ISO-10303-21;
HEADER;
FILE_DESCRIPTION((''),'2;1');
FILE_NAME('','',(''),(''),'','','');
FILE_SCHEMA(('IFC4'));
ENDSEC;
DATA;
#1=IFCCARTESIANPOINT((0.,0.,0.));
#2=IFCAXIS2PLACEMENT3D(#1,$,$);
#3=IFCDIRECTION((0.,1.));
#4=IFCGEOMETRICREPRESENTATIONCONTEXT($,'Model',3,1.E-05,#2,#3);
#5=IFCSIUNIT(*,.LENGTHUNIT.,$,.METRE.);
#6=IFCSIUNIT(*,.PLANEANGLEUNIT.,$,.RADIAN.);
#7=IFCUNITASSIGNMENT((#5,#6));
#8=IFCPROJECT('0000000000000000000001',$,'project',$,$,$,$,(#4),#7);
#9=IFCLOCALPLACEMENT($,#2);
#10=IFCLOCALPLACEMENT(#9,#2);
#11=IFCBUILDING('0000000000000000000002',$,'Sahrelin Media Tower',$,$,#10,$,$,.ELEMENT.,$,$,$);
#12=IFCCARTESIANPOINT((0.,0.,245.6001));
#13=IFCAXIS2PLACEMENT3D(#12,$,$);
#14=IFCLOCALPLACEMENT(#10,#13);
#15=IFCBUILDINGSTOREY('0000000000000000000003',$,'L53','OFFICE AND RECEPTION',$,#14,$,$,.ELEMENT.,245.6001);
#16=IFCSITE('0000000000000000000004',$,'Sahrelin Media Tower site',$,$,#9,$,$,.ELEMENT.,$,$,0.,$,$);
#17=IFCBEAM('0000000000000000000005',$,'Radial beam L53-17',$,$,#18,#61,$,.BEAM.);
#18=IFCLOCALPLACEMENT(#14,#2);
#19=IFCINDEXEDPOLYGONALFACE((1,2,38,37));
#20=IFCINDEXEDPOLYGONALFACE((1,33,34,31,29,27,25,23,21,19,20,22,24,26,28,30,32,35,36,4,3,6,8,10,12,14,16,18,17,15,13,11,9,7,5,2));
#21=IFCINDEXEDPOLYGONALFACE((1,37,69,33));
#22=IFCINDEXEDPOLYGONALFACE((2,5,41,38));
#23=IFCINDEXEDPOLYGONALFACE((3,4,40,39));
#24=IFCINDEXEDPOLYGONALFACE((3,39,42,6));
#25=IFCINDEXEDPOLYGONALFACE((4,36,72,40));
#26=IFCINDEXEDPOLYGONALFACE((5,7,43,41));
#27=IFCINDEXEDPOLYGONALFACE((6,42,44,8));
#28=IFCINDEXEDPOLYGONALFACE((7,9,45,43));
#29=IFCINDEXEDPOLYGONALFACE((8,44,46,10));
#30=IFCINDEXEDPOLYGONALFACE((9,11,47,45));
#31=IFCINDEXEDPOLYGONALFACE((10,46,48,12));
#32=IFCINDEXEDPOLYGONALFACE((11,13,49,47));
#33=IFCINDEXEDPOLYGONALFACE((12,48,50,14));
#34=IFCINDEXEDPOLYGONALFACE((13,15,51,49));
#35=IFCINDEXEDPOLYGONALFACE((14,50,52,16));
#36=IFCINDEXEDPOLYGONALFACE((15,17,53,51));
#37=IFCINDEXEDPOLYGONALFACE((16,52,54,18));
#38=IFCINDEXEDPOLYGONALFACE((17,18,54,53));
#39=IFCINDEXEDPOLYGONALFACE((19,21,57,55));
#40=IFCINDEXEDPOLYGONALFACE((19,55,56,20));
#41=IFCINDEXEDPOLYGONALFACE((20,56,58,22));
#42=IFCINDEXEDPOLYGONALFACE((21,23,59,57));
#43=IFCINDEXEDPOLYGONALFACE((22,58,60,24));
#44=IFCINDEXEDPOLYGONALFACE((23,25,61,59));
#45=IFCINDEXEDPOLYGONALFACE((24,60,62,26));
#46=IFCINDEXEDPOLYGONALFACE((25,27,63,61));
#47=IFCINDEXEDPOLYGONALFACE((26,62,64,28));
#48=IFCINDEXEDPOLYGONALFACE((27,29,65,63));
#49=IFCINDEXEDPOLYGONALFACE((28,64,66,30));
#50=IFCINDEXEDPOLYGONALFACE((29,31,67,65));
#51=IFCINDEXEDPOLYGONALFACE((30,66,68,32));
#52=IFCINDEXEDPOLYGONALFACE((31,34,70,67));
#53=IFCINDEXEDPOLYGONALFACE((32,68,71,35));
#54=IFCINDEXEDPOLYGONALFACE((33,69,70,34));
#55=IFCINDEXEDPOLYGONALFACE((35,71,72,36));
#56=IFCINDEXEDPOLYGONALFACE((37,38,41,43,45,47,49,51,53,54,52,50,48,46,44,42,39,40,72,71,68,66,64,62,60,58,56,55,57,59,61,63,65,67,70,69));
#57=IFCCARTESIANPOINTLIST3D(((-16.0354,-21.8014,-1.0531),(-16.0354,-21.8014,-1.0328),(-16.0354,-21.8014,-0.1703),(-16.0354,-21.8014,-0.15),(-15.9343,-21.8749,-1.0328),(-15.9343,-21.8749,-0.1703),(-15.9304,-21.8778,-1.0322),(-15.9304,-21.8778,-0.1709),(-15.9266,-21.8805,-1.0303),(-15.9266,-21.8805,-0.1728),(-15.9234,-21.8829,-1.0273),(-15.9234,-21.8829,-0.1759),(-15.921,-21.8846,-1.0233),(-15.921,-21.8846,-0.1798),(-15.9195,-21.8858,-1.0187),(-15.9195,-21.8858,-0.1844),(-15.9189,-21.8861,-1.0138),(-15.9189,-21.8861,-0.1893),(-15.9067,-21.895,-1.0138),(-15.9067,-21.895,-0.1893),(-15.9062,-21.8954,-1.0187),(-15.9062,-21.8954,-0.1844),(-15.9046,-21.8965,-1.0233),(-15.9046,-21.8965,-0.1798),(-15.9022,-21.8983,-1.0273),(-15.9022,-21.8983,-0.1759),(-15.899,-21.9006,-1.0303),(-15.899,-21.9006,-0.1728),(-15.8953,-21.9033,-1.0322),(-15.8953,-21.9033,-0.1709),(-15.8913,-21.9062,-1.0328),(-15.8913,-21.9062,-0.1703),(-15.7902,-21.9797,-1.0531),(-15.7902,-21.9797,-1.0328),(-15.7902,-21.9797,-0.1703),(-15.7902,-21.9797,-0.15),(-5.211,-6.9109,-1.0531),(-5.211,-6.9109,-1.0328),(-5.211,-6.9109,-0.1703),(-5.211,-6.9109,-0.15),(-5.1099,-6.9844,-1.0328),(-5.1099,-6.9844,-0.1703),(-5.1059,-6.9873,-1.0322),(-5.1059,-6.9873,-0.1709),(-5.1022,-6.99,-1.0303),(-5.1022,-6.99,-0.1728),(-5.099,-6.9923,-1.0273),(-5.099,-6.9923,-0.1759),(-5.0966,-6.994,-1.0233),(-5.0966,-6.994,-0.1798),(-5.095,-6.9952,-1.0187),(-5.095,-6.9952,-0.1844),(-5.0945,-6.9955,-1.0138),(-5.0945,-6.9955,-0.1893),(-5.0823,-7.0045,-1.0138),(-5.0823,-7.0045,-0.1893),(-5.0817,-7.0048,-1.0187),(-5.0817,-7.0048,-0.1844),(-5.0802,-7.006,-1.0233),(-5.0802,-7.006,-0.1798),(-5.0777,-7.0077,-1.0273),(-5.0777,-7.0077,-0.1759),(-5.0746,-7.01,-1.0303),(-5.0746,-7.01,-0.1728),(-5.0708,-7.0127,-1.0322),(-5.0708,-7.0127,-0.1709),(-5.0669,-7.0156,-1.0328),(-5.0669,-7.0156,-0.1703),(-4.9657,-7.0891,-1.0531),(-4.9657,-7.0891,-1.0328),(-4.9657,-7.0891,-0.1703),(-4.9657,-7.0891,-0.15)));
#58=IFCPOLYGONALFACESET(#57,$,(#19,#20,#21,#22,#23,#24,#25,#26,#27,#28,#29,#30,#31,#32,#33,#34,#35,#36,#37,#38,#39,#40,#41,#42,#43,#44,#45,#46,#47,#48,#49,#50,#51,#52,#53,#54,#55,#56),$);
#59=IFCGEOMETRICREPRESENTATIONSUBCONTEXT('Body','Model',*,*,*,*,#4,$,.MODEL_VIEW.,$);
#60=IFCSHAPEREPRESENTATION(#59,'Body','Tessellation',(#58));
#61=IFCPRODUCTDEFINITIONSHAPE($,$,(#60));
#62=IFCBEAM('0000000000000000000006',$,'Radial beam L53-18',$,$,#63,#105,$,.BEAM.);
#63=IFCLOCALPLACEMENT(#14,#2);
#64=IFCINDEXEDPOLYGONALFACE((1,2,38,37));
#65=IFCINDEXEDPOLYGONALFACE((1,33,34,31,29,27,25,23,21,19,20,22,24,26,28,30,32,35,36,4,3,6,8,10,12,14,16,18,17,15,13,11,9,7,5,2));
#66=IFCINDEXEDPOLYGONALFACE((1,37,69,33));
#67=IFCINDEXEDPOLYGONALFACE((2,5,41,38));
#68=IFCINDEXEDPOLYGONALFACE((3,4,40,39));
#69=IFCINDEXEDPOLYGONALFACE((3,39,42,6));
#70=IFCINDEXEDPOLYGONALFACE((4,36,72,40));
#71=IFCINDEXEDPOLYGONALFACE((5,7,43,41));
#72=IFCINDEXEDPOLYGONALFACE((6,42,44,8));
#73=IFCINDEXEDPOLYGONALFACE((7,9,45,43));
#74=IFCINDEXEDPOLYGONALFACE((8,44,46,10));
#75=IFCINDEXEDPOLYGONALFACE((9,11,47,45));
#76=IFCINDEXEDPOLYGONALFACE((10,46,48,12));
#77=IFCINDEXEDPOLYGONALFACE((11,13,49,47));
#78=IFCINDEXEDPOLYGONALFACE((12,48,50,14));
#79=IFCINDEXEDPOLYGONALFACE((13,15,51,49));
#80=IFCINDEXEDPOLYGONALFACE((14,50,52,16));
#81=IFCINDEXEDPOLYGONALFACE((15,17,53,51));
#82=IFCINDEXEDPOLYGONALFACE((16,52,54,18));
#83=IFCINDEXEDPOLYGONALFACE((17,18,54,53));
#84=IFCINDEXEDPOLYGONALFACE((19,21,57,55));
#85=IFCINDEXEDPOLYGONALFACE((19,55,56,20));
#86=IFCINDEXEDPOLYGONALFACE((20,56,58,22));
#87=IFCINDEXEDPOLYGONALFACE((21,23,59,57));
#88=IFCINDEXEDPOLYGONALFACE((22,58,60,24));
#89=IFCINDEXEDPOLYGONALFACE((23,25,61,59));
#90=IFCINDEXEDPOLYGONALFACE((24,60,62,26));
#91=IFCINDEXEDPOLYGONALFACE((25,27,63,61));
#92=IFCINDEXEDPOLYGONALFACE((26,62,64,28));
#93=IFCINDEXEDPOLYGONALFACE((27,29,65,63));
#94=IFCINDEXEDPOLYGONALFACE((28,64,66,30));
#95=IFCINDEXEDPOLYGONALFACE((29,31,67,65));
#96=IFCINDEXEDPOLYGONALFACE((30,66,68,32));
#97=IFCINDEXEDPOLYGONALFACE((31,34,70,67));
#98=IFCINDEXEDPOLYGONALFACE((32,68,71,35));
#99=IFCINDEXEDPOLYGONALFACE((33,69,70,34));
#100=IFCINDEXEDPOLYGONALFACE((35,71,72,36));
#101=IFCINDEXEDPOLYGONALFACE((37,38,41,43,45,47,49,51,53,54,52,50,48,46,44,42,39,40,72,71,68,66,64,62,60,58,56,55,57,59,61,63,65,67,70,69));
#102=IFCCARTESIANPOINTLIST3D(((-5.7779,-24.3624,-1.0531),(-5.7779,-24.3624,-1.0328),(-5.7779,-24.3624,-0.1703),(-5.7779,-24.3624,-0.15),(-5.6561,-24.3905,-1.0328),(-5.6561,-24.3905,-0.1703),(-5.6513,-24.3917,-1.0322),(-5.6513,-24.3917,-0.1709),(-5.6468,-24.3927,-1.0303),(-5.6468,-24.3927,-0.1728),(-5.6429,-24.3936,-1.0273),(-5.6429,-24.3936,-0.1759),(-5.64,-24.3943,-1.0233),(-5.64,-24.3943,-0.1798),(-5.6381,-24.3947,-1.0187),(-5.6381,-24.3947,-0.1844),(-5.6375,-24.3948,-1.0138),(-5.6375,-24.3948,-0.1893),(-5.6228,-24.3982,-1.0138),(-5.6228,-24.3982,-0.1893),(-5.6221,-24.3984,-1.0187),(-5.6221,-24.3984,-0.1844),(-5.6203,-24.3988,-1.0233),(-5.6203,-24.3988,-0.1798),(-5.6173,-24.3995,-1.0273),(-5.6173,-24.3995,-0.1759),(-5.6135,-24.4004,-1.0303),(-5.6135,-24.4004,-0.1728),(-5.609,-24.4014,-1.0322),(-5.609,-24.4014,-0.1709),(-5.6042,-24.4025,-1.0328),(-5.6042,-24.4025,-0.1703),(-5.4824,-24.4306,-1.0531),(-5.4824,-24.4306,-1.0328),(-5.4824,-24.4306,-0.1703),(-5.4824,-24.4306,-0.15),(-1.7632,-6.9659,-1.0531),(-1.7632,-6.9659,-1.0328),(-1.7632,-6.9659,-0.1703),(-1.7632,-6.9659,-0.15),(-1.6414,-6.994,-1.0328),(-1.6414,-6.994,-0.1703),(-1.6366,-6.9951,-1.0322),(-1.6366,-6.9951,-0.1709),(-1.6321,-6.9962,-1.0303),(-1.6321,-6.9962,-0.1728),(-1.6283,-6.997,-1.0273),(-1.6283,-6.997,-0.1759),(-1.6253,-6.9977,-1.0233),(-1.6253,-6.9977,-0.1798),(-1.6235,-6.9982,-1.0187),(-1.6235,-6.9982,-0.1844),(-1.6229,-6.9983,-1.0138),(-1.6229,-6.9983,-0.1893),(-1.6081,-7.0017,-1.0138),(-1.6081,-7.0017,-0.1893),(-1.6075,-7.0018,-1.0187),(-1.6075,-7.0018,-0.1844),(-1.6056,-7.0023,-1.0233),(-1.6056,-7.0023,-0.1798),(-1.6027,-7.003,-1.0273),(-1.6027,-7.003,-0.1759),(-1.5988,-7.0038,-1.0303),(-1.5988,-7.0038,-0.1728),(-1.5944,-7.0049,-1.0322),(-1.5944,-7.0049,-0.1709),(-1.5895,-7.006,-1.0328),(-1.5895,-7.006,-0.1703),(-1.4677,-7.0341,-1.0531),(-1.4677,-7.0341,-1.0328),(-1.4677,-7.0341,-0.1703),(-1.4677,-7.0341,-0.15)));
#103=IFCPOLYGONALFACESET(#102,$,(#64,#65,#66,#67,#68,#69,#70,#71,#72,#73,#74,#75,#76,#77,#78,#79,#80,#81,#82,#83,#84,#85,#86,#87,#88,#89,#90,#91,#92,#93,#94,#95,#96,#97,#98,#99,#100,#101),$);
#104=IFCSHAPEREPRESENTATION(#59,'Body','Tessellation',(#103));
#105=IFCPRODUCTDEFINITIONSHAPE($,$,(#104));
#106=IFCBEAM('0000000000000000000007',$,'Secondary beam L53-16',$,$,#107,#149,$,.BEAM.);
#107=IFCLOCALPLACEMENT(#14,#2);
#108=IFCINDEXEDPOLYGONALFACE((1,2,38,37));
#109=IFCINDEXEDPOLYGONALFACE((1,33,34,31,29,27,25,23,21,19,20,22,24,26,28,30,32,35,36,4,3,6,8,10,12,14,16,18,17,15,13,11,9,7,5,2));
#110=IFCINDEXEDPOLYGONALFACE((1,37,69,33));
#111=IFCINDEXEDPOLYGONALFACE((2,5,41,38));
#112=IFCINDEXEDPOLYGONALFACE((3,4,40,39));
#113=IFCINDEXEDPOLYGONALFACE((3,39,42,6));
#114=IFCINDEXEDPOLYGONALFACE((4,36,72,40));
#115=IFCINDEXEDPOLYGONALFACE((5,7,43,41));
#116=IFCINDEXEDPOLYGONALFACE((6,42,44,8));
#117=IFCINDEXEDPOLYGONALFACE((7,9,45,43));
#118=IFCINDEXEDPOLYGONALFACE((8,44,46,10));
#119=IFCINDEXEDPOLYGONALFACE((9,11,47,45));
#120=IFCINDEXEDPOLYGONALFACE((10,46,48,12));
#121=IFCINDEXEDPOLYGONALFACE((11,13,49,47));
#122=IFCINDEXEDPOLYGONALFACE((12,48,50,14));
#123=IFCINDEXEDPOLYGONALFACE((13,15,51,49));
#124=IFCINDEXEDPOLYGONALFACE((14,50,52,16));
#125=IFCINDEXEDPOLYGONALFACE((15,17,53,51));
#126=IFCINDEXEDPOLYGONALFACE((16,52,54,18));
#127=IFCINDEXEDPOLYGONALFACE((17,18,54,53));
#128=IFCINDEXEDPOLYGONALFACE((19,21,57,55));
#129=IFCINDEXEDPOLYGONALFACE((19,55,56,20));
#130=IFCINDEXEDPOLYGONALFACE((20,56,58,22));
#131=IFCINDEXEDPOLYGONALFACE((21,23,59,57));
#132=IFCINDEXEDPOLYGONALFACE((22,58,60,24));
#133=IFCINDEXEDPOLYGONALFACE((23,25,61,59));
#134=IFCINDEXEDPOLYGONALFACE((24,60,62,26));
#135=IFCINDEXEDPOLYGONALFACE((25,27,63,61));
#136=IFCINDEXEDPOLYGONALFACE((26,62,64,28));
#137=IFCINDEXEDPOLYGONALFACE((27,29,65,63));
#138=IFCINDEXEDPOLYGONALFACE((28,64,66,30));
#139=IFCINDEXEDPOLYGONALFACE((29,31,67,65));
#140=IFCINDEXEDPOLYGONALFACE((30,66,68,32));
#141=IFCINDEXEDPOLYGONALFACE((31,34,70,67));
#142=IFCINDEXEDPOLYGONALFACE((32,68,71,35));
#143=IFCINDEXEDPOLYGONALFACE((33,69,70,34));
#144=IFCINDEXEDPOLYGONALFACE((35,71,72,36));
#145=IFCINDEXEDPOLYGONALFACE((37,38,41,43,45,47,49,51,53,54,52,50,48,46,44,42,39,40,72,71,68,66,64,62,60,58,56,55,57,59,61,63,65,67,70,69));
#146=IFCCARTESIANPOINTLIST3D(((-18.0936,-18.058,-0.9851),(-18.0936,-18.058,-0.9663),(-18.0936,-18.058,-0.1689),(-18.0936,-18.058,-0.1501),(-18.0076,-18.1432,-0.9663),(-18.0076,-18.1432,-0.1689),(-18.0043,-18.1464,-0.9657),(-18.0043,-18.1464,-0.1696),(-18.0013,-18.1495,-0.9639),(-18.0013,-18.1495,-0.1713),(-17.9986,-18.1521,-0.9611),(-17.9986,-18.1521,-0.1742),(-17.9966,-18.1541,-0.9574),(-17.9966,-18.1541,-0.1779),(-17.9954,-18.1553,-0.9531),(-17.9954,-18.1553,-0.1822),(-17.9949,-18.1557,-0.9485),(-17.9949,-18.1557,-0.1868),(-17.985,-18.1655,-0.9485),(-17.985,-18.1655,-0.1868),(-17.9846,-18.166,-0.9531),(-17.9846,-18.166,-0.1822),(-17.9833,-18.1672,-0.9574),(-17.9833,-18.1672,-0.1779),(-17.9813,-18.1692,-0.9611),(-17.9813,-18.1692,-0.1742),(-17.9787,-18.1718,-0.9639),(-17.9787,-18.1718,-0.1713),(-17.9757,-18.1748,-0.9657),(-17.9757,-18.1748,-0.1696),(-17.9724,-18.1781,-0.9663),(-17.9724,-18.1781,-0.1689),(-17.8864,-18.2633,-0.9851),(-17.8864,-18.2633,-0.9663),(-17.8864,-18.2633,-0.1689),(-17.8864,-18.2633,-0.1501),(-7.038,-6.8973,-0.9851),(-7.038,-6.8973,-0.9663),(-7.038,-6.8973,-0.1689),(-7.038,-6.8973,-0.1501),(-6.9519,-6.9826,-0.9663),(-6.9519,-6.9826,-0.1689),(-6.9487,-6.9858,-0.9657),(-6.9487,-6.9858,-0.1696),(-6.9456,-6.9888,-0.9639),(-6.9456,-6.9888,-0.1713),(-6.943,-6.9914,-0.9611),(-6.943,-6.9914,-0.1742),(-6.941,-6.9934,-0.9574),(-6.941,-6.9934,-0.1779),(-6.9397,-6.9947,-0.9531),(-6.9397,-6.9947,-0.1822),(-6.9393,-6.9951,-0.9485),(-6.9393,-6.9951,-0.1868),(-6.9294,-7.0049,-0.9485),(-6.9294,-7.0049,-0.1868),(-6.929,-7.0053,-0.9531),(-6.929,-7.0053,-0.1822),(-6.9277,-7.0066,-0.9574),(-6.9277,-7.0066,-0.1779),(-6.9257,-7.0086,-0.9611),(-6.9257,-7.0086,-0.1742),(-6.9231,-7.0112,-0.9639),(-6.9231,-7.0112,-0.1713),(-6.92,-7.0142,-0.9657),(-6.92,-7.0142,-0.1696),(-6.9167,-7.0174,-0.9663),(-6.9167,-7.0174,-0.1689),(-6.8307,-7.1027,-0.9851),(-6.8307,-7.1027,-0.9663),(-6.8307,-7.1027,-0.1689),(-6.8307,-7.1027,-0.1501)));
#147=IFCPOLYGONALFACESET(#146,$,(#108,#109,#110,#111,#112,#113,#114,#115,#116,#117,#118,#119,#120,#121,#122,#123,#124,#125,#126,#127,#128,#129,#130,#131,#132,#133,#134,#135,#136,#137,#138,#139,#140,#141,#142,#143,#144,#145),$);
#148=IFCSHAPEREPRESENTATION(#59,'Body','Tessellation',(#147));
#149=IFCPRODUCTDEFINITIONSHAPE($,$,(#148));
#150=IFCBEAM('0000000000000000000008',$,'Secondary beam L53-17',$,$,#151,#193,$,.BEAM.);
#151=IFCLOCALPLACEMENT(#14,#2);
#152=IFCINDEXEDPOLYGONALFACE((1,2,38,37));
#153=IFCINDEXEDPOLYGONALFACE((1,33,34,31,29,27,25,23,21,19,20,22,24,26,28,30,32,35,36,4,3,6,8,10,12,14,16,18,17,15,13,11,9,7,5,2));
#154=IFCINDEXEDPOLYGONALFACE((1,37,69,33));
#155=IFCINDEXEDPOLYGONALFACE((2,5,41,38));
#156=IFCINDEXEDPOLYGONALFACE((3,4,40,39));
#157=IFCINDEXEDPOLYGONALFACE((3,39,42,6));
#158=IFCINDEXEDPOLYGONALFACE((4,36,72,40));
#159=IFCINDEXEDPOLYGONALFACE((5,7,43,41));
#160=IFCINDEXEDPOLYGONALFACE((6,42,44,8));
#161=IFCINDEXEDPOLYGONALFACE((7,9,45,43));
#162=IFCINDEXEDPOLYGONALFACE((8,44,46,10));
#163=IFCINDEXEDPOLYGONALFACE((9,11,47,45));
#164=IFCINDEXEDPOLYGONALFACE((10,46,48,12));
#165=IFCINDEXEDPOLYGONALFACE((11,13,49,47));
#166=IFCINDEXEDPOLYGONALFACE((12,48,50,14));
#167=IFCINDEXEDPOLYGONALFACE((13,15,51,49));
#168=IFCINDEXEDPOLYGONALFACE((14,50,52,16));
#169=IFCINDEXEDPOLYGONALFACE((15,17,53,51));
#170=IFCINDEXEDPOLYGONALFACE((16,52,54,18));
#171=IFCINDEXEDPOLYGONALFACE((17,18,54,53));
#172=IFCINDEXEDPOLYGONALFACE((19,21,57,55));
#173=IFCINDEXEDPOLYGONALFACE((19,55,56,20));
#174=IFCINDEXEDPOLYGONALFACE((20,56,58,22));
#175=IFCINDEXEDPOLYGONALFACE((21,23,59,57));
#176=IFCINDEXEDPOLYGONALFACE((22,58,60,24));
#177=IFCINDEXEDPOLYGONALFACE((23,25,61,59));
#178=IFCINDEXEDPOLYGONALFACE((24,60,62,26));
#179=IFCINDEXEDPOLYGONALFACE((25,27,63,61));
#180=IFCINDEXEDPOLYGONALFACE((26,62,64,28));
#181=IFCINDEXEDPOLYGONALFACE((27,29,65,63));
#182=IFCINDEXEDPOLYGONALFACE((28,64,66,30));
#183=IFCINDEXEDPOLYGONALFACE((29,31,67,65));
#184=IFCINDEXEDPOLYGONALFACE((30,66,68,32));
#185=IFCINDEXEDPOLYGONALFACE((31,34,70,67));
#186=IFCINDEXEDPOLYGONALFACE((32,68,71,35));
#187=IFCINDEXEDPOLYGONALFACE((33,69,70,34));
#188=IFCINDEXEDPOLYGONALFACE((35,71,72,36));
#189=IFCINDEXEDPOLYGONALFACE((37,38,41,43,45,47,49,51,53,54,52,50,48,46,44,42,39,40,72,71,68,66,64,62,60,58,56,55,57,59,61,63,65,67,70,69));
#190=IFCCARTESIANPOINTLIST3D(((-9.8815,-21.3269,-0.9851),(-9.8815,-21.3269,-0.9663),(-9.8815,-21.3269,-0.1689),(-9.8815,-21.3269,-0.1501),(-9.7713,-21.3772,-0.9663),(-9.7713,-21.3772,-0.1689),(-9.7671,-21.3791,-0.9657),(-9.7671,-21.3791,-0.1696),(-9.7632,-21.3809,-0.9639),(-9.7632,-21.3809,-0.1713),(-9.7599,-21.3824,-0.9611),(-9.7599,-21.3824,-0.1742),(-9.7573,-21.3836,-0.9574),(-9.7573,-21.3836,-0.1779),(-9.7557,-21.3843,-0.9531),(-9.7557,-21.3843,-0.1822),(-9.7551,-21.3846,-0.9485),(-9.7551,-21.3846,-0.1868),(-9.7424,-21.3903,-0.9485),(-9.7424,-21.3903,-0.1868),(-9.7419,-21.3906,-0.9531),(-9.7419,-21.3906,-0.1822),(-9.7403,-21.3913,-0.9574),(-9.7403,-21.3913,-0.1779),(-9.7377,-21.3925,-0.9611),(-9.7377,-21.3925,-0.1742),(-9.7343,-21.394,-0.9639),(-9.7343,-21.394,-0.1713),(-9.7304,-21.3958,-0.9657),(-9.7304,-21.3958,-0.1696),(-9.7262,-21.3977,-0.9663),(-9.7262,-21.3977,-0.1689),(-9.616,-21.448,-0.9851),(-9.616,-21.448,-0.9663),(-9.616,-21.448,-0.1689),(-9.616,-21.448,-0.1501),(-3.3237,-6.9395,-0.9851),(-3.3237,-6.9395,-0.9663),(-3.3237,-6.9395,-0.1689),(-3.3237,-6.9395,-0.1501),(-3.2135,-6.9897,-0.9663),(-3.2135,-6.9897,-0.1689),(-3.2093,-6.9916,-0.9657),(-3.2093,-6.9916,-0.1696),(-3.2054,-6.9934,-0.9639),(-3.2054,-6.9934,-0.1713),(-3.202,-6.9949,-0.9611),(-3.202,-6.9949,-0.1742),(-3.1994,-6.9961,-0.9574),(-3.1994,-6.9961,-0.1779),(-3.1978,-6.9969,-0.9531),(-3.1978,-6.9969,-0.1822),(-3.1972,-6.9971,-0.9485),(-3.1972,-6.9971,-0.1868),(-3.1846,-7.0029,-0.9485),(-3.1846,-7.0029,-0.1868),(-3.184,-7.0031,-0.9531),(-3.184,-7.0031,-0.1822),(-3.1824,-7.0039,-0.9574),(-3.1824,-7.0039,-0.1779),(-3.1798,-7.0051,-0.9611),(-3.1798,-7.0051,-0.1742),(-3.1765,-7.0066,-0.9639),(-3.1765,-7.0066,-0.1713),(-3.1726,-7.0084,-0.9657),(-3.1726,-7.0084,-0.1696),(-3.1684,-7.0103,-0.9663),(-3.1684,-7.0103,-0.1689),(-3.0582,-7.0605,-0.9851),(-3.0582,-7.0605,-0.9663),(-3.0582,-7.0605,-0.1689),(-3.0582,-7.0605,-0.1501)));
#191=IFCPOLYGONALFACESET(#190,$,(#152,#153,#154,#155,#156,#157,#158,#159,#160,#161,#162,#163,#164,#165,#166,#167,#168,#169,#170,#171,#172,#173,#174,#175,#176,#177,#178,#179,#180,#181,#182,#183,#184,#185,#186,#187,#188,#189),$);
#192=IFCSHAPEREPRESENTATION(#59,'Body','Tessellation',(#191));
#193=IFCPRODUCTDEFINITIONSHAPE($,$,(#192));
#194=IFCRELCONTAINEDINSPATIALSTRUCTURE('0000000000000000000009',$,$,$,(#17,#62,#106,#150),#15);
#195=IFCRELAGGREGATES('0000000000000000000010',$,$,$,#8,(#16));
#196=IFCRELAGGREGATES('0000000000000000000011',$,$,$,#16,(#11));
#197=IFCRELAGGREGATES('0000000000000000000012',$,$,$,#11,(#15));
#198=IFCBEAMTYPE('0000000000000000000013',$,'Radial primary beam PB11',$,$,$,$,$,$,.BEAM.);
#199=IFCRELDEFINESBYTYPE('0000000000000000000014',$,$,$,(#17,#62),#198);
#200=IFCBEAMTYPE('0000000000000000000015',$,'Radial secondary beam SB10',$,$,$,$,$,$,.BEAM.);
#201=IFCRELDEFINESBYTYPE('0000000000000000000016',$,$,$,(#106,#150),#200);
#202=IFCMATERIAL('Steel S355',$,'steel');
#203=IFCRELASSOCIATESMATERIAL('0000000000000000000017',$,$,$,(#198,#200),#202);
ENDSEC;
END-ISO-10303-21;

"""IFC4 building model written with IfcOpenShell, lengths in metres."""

from ifc_helpers import new_model, si_unit, direction, frame, origin, origin_2d, place, context, subcontext, project, spatial, i_section, extrude, material, material_profile, profile_set, type_object, element, save


model = new_model("IFC4")

# Units and contexts
model_context = context("Model", 3, precision=1e-05, world=origin(), true_north=direction((0.0, 1.0)))
body_context = subcontext(model_context, "Body", "Model", "MODEL_VIEW")
ifc_project = project(units=[si_unit("LENGTHUNIT", "METRE"), si_unit("PLANEANGLEUNIT", "RADIAN")], contexts=[model_context])

# Site, building, storey
site_placement = place(None, origin())
site = spatial("IfcSite", under=ifc_project, at=site_placement, Name="Sahrelin Media Tower site", CompositionType="ELEMENT", RefElevation=0.0)
building_placement = place(site_placement, origin())
building = spatial("IfcBuilding", under=site, at=building_placement, Name="Sahrelin Media Tower", CompositionType="ELEMENT")
storey_placement = place(building_placement, frame((0.0, 0.0, 245.6001)))
storey = spatial("IfcBuildingStorey", under=building, at=storey_placement, Name="L53", Description="OFFICE AND RECEPTION", CompositionType="ELEMENT", Elevation=245.6001)

# Shared definitions
ifc_material_1 = material(Name="Steel S355", Category="steel")

# Beams
ifc_material_profile_1 = material_profile(ifc_material_1, i_section(OverallWidth=0.3032, OverallDepth=0.9031, WebThickness=0.0151, FlangeThickness=0.0203, FilletRadius=0.019, at=origin_2d()), Name="UB 914x305x201")
ifc_profile_set_1 = profile_set([ifc_material_profile_1], Name="Steel S355")
beam_type_1 = type_object("IfcBeamType", Name="Radial primary beam PB11", PredefinedType="BEAM", material=ifc_profile_set_1)
beam_1_placement = place(storey_placement, frame((-5.0884, -7.0, -0.6016), z_axis=(-0.587991, -0.808867, 0.0), x_axis=(0.808867, -0.587991, 0.0)))
element("IfcBeam", 1, at=beam_1_placement, inside=storey, type_object=beam_type_1, Name="Radial beam L53-17", PredefinedType="BEAM", context=body_context, shape_type="SweptSolid", body=[
    extrude(i_section(OverallWidth=0.3032, OverallDepth=0.9031, WebThickness=0.0151, FlangeThickness=0.0203, FilletRadius=0.019, at=origin_2d()), origin(), (0.0, 0.0, 1.0), 18.4092),
])
beam_2_placement = place(storey_placement, frame((-1.6155, -7.0, -0.6016), z_axis=(-0.224864, -0.97439, 0.0), x_axis=(0.97439, -0.224864, 0.0)))
element("IfcBeam", 2, at=beam_2_placement, inside=storey, type_object=beam_type_1, Name="Radial beam L53-18", PredefinedType="BEAM", context=body_context, shape_type="SweptSolid", body=[
    extrude(i_section(OverallWidth=0.3032, OverallDepth=0.9031, WebThickness=0.0151, FlangeThickness=0.0203, FilletRadius=0.019, at=origin_2d()), origin(), (0.0, 0.0, 1.0), 17.8538),
])
ifc_material_profile_2 = material_profile(ifc_material_1, i_section(OverallWidth=0.2917, OverallDepth=0.835, WebThickness=0.0139, FlangeThickness=0.0188, FilletRadius=0.0178, at=origin_2d()), Name="UB 838x292x176")
ifc_profile_set_2 = profile_set([ifc_material_profile_2], Name="Steel S355")
beam_type_2 = type_object("IfcBeamType", Name="Radial secondary beam SB10", PredefinedType="BEAM", material=ifc_profile_set_2)
beam_3_placement = place(storey_placement, frame((-6.9343, -7.0, -0.5676), z_axis=(-0.703758, -0.71044, 0.0), x_axis=(0.71044, -0.703758, 0.0)))
element("IfcBeam", 3, at=beam_3_placement, inside=storey, type_object=beam_type_2, Name="Secondary beam L53-16", PredefinedType="BEAM", context=body_context, shape_type="SweptSolid", body=[
    extrude(i_section(OverallWidth=0.2917, OverallDepth=0.835, WebThickness=0.0139, FlangeThickness=0.0188, FilletRadius=0.0178, at=origin_2d()), origin(), (0.0, 0.0, 1.0), 15.7095),
])
beam_4_placement = place(storey_placement, frame((-3.1909, -7.0, -0.5676), z_axis=(-0.414752, -0.909934, 0.0), x_axis=(0.909934, -0.414752, 0.0)))
element("IfcBeam", 4, at=beam_4_placement, inside=storey, type_object=beam_type_2, Name="Secondary beam L53-17", PredefinedType="BEAM", context=body_context, shape_type="SweptSolid", body=[
    extrude(i_section(OverallWidth=0.2917, OverallDepth=0.835, WebThickness=0.0139, FlangeThickness=0.0188, FilletRadius=0.0178, at=origin_2d()), origin(), (0.0, 0.0, 1.0), 15.8115),
])

save(model, "model.ifc")
